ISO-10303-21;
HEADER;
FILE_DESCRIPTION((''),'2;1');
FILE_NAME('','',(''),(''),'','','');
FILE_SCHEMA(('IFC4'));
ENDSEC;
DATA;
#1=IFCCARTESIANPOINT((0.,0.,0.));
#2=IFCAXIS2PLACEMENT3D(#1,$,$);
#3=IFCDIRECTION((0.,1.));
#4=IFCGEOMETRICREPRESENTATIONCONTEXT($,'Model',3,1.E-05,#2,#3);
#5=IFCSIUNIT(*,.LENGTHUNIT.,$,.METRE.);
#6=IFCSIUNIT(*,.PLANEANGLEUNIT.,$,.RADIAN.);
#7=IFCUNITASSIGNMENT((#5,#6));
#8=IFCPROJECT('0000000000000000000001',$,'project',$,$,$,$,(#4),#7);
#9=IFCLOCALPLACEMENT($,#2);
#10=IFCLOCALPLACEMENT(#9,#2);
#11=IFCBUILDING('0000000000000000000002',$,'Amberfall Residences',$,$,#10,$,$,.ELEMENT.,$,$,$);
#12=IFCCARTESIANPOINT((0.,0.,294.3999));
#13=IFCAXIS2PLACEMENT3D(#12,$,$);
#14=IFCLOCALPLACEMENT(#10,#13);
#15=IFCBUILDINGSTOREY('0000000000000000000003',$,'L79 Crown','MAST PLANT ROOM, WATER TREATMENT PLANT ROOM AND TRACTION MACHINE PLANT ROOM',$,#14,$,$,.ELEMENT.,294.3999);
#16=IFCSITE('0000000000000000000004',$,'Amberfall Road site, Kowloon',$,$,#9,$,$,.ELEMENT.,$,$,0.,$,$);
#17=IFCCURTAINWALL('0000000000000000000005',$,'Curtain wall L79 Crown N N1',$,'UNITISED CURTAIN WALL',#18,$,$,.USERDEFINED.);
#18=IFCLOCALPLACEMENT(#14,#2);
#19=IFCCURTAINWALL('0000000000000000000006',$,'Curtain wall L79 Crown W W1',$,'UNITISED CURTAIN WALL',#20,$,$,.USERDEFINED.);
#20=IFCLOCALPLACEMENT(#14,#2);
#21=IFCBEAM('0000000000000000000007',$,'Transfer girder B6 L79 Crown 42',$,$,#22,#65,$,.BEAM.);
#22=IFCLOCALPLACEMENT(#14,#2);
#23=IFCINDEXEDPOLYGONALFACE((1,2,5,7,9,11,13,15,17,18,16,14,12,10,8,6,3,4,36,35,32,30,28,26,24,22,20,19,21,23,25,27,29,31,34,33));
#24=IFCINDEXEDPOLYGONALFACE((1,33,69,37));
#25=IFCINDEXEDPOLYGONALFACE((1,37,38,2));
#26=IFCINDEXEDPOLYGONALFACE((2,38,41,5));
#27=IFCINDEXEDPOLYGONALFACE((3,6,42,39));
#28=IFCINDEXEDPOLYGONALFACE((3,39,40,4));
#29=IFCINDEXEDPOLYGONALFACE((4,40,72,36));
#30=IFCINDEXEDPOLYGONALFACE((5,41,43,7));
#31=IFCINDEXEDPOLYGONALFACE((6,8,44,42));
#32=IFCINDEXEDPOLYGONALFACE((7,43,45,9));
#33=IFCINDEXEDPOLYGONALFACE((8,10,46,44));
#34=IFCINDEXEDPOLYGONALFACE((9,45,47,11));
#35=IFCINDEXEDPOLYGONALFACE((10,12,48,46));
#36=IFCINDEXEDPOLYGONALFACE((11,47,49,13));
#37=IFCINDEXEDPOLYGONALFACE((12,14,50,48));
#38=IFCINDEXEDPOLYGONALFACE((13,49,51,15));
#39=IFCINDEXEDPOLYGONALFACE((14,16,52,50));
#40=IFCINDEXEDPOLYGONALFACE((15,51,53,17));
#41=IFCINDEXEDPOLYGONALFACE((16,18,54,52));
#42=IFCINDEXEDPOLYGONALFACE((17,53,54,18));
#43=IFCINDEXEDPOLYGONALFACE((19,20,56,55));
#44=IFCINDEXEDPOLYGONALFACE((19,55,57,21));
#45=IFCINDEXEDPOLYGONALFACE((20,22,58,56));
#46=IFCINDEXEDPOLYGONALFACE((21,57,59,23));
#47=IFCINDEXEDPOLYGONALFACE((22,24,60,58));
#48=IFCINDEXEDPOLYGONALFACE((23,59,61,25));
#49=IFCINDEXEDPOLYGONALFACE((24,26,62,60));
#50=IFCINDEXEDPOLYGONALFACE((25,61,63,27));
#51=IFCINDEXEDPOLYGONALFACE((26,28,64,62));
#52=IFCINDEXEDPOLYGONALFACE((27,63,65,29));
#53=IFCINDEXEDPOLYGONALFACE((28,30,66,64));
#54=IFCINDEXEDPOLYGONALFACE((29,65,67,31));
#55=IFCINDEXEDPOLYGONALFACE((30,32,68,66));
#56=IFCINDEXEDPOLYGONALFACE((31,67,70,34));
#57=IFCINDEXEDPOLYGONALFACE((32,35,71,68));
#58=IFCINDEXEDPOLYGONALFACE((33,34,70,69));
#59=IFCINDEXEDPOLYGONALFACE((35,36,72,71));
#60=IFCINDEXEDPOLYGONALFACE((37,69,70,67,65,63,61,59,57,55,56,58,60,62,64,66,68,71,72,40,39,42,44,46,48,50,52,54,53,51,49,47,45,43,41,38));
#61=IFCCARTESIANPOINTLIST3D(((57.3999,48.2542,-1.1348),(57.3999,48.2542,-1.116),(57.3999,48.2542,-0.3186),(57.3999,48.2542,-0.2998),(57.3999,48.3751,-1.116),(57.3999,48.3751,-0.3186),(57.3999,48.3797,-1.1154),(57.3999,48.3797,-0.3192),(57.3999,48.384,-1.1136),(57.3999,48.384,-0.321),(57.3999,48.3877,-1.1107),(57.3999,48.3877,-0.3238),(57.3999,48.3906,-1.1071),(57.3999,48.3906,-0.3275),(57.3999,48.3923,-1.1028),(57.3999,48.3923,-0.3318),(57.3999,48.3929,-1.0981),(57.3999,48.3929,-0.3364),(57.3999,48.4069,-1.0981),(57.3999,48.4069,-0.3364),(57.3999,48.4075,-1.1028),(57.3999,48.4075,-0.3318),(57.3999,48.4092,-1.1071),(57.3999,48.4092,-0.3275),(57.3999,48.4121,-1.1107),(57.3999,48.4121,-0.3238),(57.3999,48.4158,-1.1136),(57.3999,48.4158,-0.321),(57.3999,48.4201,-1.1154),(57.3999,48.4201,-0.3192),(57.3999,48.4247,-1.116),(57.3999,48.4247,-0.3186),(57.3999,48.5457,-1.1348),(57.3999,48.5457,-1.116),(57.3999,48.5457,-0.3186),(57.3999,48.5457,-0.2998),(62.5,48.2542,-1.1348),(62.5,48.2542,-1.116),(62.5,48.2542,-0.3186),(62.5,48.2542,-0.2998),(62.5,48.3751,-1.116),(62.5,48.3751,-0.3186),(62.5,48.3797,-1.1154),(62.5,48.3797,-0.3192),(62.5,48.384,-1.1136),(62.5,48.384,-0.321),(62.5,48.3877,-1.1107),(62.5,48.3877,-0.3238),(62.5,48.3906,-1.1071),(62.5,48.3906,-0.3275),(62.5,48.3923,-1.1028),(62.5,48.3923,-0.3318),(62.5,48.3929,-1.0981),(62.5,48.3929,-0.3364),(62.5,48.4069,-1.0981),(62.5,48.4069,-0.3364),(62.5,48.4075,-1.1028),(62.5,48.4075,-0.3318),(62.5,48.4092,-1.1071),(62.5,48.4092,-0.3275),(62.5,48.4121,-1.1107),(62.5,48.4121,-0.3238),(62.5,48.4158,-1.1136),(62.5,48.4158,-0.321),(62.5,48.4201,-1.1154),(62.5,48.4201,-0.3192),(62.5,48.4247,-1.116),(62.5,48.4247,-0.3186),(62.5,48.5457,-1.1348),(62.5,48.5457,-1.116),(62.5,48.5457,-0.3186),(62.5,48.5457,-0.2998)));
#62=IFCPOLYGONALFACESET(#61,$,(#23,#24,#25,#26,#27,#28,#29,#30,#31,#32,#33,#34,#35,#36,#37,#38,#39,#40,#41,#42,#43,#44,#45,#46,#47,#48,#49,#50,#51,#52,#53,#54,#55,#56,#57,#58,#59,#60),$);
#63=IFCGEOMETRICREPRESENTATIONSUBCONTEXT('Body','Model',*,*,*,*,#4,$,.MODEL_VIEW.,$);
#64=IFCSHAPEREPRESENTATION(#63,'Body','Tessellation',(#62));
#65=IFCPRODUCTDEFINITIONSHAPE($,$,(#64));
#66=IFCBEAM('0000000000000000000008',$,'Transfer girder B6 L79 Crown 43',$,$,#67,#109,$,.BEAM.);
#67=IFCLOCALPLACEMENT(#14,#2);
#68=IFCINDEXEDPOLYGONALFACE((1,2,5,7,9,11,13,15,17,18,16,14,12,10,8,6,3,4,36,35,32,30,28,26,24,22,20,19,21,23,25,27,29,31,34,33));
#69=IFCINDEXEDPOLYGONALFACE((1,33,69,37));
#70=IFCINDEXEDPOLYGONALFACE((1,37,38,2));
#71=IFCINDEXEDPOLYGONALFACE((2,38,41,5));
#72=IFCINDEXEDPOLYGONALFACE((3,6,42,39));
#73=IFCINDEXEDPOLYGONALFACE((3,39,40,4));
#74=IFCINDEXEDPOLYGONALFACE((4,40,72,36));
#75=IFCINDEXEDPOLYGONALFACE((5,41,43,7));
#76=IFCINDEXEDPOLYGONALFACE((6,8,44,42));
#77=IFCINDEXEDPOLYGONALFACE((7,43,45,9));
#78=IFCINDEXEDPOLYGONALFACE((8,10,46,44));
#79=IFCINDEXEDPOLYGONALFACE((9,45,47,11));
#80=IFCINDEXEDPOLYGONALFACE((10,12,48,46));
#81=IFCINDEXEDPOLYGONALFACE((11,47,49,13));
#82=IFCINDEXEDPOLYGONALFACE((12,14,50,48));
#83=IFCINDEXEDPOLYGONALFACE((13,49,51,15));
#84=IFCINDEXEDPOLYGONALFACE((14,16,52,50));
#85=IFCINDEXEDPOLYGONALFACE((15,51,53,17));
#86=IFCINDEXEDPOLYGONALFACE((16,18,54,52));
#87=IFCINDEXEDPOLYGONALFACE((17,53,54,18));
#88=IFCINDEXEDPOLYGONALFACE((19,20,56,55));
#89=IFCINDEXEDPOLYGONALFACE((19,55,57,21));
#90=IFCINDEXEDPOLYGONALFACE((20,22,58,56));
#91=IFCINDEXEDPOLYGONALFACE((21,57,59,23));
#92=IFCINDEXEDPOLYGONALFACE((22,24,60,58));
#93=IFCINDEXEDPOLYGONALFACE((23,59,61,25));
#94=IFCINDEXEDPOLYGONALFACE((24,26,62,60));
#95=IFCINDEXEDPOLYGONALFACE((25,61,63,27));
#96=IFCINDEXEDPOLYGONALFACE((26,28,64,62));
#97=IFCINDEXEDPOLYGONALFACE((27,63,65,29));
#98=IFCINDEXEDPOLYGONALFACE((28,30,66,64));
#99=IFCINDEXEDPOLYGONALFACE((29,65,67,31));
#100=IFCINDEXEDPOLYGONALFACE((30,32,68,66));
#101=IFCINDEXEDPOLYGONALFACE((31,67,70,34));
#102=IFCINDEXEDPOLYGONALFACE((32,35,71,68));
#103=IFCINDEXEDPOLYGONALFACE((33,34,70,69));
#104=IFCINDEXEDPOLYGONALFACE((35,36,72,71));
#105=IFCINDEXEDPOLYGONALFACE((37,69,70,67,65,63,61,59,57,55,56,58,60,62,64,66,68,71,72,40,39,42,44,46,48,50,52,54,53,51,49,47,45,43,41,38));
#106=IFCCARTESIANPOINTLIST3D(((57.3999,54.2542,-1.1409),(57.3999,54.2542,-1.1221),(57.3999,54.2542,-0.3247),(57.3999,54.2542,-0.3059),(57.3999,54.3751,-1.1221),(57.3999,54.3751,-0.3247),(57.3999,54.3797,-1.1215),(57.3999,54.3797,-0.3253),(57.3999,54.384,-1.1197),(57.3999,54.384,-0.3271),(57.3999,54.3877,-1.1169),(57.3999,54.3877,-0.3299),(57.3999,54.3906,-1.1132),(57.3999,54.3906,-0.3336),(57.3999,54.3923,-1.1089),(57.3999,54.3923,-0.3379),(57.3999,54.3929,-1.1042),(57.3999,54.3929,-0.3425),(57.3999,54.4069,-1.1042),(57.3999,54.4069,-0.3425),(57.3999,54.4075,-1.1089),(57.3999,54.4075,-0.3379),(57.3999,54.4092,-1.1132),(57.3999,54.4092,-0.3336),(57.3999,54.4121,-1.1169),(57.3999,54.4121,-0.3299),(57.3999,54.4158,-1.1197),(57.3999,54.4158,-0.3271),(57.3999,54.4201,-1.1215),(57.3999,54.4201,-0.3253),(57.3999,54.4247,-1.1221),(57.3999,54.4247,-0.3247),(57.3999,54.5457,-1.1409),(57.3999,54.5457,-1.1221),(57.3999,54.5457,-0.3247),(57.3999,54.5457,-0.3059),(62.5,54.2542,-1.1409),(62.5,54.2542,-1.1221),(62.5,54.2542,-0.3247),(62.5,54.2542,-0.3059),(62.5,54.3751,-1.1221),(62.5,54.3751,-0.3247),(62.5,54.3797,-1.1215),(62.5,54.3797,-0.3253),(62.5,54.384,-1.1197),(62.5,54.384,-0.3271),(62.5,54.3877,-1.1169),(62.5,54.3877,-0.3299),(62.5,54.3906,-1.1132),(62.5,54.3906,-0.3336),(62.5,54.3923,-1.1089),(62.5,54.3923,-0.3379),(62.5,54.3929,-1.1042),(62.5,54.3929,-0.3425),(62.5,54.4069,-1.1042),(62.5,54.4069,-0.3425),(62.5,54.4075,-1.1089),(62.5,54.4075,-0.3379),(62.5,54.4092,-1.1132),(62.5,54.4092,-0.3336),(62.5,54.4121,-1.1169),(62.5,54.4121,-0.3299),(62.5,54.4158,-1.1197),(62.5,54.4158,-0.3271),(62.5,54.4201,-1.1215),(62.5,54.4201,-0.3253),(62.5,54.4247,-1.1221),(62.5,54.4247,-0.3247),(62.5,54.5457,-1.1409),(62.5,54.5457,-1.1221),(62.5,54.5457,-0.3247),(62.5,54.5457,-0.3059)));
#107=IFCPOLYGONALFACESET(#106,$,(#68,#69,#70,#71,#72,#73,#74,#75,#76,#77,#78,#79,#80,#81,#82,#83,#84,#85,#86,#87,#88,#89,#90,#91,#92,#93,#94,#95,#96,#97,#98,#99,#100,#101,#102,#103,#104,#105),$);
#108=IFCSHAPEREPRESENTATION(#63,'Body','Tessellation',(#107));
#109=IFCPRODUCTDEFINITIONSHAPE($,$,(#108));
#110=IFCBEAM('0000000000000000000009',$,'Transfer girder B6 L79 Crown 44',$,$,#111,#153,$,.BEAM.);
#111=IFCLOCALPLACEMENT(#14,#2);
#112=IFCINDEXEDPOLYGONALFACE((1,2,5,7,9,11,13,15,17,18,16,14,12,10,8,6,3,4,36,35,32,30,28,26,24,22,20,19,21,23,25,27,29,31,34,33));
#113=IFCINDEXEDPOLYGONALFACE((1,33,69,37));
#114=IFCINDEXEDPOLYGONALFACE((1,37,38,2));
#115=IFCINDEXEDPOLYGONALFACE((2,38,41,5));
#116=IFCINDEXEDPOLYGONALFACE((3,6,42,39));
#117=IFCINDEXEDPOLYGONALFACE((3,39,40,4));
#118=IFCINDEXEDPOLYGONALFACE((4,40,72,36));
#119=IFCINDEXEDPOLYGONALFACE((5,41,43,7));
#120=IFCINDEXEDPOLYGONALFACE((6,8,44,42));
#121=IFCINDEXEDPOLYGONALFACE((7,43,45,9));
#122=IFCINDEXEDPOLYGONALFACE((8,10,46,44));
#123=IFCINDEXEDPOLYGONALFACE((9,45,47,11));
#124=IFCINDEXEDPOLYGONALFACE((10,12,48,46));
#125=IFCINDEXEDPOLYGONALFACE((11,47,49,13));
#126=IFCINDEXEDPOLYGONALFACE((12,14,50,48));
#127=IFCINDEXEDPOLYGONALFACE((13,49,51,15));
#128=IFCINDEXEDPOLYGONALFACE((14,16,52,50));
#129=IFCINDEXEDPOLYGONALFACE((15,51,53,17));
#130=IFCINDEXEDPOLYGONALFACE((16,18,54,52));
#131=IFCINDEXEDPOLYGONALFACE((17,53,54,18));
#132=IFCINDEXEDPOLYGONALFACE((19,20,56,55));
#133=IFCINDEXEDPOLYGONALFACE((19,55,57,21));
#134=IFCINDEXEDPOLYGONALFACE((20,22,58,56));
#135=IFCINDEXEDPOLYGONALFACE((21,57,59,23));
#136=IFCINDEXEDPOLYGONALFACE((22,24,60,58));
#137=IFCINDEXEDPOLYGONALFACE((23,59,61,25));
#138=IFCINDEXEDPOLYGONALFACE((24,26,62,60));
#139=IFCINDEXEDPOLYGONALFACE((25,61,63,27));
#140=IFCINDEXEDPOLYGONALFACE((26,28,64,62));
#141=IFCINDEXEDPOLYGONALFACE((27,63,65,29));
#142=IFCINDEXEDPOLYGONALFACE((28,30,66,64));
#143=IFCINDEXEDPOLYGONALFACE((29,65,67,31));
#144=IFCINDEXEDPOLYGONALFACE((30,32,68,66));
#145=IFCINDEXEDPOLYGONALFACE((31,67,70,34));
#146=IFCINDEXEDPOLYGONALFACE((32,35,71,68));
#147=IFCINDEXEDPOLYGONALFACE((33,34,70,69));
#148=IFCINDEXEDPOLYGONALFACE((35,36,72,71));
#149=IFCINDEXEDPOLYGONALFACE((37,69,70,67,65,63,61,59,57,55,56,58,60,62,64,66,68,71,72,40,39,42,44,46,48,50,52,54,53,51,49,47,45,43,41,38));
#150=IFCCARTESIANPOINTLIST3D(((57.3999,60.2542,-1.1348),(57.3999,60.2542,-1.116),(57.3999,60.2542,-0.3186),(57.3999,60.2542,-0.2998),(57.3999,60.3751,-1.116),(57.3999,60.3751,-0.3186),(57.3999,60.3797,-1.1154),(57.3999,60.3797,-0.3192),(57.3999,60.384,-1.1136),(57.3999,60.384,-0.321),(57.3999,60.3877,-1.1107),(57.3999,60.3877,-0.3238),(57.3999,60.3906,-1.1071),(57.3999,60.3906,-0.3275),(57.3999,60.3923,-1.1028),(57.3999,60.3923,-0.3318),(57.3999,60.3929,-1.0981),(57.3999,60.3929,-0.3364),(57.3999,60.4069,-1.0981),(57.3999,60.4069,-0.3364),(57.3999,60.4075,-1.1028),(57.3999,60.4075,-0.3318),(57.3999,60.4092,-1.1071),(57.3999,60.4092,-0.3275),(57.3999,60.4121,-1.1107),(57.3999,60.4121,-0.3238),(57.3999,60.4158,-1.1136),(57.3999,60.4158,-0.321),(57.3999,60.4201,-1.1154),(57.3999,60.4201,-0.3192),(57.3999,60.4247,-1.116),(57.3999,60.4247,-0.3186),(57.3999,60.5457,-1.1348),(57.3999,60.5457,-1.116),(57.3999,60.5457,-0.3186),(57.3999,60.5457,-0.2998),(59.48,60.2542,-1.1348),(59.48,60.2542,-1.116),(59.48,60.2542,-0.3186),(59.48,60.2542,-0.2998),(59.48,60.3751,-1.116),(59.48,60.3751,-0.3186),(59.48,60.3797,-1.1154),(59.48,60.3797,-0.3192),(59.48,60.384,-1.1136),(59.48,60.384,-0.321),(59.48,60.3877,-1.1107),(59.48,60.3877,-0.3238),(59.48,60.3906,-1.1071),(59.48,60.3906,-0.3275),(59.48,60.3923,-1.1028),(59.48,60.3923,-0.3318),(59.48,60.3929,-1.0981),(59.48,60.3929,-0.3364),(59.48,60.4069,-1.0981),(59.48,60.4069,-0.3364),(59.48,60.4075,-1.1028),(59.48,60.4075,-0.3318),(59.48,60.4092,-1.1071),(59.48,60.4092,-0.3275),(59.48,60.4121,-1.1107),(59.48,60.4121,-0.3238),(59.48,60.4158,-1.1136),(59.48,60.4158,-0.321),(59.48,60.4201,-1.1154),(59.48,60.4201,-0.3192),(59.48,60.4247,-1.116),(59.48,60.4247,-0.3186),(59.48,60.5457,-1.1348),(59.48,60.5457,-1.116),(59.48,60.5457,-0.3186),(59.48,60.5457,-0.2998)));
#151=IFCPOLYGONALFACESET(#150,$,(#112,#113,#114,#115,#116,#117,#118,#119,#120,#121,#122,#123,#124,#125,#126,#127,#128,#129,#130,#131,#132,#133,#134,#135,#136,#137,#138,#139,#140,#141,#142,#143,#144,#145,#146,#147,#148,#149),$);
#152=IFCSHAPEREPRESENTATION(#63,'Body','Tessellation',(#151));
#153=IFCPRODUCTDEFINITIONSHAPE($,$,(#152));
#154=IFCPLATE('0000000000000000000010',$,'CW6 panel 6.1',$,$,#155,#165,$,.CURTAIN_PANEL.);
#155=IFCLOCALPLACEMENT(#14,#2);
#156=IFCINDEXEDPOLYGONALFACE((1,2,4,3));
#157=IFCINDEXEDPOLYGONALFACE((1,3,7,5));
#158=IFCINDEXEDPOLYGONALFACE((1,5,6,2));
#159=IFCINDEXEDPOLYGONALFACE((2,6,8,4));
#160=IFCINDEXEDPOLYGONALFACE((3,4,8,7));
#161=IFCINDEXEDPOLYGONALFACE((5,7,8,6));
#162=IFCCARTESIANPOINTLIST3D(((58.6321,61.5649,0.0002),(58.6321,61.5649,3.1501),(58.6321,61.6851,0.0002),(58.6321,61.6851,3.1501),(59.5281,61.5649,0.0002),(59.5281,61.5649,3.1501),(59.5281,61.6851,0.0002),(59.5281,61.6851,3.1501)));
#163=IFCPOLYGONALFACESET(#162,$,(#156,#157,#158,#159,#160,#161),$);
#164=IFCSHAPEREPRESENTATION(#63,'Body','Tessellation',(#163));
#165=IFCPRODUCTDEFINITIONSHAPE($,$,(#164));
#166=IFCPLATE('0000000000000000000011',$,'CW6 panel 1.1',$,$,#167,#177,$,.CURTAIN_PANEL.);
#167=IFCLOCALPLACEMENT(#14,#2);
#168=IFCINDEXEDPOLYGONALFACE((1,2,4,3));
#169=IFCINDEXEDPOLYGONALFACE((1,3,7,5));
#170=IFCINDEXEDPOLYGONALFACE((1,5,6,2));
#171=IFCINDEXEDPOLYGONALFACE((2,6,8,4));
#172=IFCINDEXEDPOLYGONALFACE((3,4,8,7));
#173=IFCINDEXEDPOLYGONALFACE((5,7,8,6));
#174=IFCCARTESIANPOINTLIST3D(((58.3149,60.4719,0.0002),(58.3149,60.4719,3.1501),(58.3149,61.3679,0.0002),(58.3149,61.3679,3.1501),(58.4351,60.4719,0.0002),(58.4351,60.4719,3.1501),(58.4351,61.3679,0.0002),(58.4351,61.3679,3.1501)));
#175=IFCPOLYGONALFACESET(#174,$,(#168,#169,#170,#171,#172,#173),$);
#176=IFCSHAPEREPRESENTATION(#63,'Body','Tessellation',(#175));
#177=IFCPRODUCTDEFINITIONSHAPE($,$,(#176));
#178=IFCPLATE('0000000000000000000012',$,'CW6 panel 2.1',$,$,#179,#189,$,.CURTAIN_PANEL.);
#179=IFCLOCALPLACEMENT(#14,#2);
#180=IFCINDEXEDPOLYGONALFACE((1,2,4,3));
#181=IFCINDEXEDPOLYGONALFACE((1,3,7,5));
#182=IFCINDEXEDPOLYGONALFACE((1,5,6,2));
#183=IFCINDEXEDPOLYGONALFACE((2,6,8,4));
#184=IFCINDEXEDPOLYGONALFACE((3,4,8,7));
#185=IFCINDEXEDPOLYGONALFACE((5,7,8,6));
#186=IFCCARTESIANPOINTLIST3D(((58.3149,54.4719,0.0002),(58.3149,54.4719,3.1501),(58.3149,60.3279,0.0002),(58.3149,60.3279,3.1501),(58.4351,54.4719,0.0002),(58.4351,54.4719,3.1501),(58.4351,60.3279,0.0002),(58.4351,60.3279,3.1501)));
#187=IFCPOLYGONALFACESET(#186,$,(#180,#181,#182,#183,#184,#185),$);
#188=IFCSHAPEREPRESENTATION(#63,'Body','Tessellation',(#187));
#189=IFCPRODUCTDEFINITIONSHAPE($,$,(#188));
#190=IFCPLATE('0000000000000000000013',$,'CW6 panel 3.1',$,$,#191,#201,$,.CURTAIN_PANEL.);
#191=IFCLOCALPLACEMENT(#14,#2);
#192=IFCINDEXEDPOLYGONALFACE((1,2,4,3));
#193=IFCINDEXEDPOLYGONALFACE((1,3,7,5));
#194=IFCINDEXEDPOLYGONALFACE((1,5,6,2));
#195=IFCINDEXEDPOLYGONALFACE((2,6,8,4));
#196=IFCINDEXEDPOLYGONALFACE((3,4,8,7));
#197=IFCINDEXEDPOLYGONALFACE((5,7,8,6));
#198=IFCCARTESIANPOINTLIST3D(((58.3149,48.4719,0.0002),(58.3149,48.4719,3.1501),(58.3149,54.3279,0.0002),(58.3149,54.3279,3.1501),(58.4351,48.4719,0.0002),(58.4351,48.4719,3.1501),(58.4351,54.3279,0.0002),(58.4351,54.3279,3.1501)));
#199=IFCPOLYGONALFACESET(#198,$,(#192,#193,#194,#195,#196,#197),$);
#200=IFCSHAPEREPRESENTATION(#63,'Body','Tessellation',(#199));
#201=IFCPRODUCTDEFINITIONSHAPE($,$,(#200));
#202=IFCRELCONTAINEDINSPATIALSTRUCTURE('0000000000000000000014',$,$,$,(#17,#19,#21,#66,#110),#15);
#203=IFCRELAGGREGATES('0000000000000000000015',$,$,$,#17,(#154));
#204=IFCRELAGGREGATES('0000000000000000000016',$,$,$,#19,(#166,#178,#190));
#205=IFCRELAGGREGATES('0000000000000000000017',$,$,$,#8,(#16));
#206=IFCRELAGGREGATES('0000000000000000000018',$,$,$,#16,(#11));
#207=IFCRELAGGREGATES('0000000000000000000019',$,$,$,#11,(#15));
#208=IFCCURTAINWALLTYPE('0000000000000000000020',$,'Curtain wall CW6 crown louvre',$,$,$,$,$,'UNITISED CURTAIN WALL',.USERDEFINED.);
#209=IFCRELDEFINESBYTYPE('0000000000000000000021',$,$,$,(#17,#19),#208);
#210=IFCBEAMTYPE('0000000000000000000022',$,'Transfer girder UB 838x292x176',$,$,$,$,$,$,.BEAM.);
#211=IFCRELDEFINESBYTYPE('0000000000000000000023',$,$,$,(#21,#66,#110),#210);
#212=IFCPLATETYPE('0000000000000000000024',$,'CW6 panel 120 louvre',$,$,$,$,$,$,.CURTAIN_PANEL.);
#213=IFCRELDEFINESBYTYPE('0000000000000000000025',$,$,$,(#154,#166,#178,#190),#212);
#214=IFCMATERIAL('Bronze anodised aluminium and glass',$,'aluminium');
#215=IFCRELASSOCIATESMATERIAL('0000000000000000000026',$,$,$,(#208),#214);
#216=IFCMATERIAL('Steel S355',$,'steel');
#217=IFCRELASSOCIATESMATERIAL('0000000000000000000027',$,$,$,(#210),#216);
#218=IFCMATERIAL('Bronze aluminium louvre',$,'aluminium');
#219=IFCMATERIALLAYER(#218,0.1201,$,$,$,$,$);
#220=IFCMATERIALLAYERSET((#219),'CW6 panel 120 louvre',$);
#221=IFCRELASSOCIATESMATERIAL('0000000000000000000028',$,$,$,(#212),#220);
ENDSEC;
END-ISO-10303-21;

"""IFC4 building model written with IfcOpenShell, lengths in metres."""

from ifc_helpers import new_model, si_unit, direction, frame, origin, origin_2d, place, context, subcontext, project, spatial, rectangle, i_section, extrude, material, layer, layer_set, material_profile, profile_set, type_object, element, aggregate, save


model = new_model("IFC4")

# Units and contexts
model_context = context("Model", 3, precision=1e-05, world=origin(), true_north=direction((0.0, 1.0)))
body_context = subcontext(model_context, "Body", "Model", "MODEL_VIEW")
ifc_project = project(units=[si_unit("LENGTHUNIT", "METRE"), si_unit("PLANEANGLEUNIT", "RADIAN")], contexts=[model_context])

# Site, building, storey
site_placement = place(None, origin())
site = spatial("IfcSite", under=ifc_project, at=site_placement, Name="Amberfall Road site, Kowloon", CompositionType="ELEMENT", RefElevation=0.0)
building_placement = place(site_placement, origin())
building = spatial("IfcBuilding", under=site, at=building_placement, Name="Amberfall Residences", CompositionType="ELEMENT")
storey_placement = place(building_placement, frame((0.0, 0.0, 294.3999)))
storey = spatial("IfcBuildingStorey", under=building, at=storey_placement, Name="L79 Crown", Description="MAST PLANT ROOM, WATER TREATMENT PLANT ROOM AND TRACTION MACHINE PLANT ROOM", CompositionType="ELEMENT", Elevation=294.3999)

# Curtain walls
ifc_material_1 = material(Name="Bronze anodised aluminium and glass", Category="aluminium")
curtain_wall_type = type_object("IfcCurtainWallType", Name="Curtain wall CW6 crown louvre", ElementType="UNITISED CURTAIN WALL", PredefinedType="USERDEFINED", material=ifc_material_1)
curtain_wall_1_placement = place(storey_placement, origin())
curtain_wall_1 = element("IfcCurtainWall", 1, at=curtain_wall_1_placement, inside=storey, type_object=curtain_wall_type, Name="Curtain wall L79 Crown N N1", ObjectType="UNITISED CURTAIN WALL", PredefinedType="USERDEFINED")
curtain_wall_2_placement = place(storey_placement, origin())
curtain_wall_2 = element("IfcCurtainWall", 2, at=curtain_wall_2_placement, inside=storey, type_object=curtain_wall_type, Name="Curtain wall L79 Crown W W1", ObjectType="UNITISED CURTAIN WALL", PredefinedType="USERDEFINED")

# Beams
ifc_material_2 = material(Name="Steel S355", Category="steel")
ifc_material_profile_1 = material_profile(ifc_material_2, i_section(OverallWidth=0.2915, OverallDepth=0.835, WebThickness=0.0139, FlangeThickness=0.0188, FilletRadius=0.0178, at=origin_2d()), Name="UB 838x292x176")
ifc_profile_set_1 = profile_set([ifc_material_profile_1], Name="Steel S355")
beam_type_1 = type_object("IfcBeamType", Name="Transfer girder UB 838x292x176", PredefinedType="BEAM", material=ifc_profile_set_1)
for number, where, z_axis, x_axis, name in (
    (3, (57.3999, 48.3999, -0.7173), (1.0, 0.0, 0.0), (0.0, 1.0, 0.0), "Transfer girder B6 L79 Crown 42"),
    (4, (57.3999, 54.3999, -0.7234), (1.0, 0.0, 0.0), (0.0, 1.0, 0.0), "Transfer girder B6 L79 Crown 43"),
):
    element("IfcBeam", number, at=place(storey_placement, frame(where, z_axis=z_axis, x_axis=x_axis)), inside=storey, type_object=beam_type_1, Name=name, PredefinedType="BEAM", context=body_context, shape_type="SweptSolid", body=[
        extrude(i_section(OverallWidth=0.2915, OverallDepth=0.835, WebThickness=0.0139, FlangeThickness=0.0188, FilletRadius=0.0178, at=origin_2d()), origin(), (0.0, 0.0, 1.0), 5.1001),
    ])
beam_1_placement = place(storey_placement, frame((57.3999, 60.3999, -0.7173), z_axis=(1.0, 0.0, 0.0), x_axis=(0.0, 1.0, 0.0)))
element("IfcBeam", 5, at=beam_1_placement, inside=storey, type_object=beam_type_1, Name="Transfer girder B6 L79 Crown 44", PredefinedType="BEAM", context=body_context, shape_type="SweptSolid", body=[
    extrude(i_section(OverallWidth=0.2915, OverallDepth=0.835, WebThickness=0.0139, FlangeThickness=0.0188, FilletRadius=0.0178, at=origin_2d()), origin(), (0.0, 0.0, 1.0), 2.0801),
])

# Plates
ifc_material_3 = material(Name="Bronze aluminium louvre", Category="aluminium")
ifc_layer_1 = layer(ifc_material_3, 0.1201)
ifc_layer_set_1 = layer_set([ifc_layer_1], Name="CW6 panel 120 louvre")
plate_type = type_object("IfcPlateType", Name="CW6 panel 120 louvre", PredefinedType="CURTAIN_PANEL", material=ifc_layer_set_1)
plate_1_placement = place(storey_placement, frame((59.0801, 61.625, 0.0002), z_axis=(0.0, 0.0, 1.0), x_axis=(-1.0, 0.0, 0.0)))
plate_1 = element("IfcPlate", 6, at=plate_1_placement, type_object=plate_type, Name="CW6 panel 6.1", PredefinedType="CURTAIN_PANEL", context=body_context, shape_type="SweptSolid", body=[
    extrude(rectangle(XDim=0.896, YDim=0.1201, at=origin_2d()), origin(), (0.0, 0.0, 1.0), 3.1499),
])
aggregate(curtain_wall_1, [plate_1])
plate_2_placement = place(storey_placement, frame((58.375, 60.9199, 0.0002), z_axis=(0.0, 0.0, 1.0), x_axis=(0.0, -1.0, 0.0)))
plate_2 = element("IfcPlate", 7, at=plate_2_placement, type_object=plate_type, Name="CW6 panel 1.1", PredefinedType="CURTAIN_PANEL", context=body_context, shape_type="SweptSolid", body=[
    extrude(rectangle(XDim=0.896, YDim=0.1201, at=origin_2d()), origin(), (0.0, 0.0, 1.0), 3.1499),
])
plate_3_placement = place(storey_placement, frame((58.375, 57.3999, 0.0002), z_axis=(0.0, 0.0, 1.0), x_axis=(0.0, -1.0, 0.0)))
plate_3 = element("IfcPlate", 8, at=plate_3_placement, type_object=plate_type, Name="CW6 panel 2.1", PredefinedType="CURTAIN_PANEL", context=body_context, shape_type="SweptSolid", body=[
    extrude(rectangle(XDim=5.856, YDim=0.1201, at=origin_2d()), origin(), (0.0, 0.0, 1.0), 3.1499),
])
plate_4_placement = place(storey_placement, frame((58.375, 51.3999, 0.0002), z_axis=(0.0, 0.0, 1.0), x_axis=(0.0, -1.0, 0.0)))
plate_4 = element("IfcPlate", 9, at=plate_4_placement, type_object=plate_type, Name="CW6 panel 3.1", PredefinedType="CURTAIN_PANEL", context=body_context, shape_type="SweptSolid", body=[
    extrude(rectangle(XDim=5.856, YDim=0.1201, at=origin_2d()), origin(), (0.0, 0.0, 1.0), 3.1499),
])
aggregate(curtain_wall_2, [plate_2, plate_3, plate_4])

save(model, "model.ifc")
